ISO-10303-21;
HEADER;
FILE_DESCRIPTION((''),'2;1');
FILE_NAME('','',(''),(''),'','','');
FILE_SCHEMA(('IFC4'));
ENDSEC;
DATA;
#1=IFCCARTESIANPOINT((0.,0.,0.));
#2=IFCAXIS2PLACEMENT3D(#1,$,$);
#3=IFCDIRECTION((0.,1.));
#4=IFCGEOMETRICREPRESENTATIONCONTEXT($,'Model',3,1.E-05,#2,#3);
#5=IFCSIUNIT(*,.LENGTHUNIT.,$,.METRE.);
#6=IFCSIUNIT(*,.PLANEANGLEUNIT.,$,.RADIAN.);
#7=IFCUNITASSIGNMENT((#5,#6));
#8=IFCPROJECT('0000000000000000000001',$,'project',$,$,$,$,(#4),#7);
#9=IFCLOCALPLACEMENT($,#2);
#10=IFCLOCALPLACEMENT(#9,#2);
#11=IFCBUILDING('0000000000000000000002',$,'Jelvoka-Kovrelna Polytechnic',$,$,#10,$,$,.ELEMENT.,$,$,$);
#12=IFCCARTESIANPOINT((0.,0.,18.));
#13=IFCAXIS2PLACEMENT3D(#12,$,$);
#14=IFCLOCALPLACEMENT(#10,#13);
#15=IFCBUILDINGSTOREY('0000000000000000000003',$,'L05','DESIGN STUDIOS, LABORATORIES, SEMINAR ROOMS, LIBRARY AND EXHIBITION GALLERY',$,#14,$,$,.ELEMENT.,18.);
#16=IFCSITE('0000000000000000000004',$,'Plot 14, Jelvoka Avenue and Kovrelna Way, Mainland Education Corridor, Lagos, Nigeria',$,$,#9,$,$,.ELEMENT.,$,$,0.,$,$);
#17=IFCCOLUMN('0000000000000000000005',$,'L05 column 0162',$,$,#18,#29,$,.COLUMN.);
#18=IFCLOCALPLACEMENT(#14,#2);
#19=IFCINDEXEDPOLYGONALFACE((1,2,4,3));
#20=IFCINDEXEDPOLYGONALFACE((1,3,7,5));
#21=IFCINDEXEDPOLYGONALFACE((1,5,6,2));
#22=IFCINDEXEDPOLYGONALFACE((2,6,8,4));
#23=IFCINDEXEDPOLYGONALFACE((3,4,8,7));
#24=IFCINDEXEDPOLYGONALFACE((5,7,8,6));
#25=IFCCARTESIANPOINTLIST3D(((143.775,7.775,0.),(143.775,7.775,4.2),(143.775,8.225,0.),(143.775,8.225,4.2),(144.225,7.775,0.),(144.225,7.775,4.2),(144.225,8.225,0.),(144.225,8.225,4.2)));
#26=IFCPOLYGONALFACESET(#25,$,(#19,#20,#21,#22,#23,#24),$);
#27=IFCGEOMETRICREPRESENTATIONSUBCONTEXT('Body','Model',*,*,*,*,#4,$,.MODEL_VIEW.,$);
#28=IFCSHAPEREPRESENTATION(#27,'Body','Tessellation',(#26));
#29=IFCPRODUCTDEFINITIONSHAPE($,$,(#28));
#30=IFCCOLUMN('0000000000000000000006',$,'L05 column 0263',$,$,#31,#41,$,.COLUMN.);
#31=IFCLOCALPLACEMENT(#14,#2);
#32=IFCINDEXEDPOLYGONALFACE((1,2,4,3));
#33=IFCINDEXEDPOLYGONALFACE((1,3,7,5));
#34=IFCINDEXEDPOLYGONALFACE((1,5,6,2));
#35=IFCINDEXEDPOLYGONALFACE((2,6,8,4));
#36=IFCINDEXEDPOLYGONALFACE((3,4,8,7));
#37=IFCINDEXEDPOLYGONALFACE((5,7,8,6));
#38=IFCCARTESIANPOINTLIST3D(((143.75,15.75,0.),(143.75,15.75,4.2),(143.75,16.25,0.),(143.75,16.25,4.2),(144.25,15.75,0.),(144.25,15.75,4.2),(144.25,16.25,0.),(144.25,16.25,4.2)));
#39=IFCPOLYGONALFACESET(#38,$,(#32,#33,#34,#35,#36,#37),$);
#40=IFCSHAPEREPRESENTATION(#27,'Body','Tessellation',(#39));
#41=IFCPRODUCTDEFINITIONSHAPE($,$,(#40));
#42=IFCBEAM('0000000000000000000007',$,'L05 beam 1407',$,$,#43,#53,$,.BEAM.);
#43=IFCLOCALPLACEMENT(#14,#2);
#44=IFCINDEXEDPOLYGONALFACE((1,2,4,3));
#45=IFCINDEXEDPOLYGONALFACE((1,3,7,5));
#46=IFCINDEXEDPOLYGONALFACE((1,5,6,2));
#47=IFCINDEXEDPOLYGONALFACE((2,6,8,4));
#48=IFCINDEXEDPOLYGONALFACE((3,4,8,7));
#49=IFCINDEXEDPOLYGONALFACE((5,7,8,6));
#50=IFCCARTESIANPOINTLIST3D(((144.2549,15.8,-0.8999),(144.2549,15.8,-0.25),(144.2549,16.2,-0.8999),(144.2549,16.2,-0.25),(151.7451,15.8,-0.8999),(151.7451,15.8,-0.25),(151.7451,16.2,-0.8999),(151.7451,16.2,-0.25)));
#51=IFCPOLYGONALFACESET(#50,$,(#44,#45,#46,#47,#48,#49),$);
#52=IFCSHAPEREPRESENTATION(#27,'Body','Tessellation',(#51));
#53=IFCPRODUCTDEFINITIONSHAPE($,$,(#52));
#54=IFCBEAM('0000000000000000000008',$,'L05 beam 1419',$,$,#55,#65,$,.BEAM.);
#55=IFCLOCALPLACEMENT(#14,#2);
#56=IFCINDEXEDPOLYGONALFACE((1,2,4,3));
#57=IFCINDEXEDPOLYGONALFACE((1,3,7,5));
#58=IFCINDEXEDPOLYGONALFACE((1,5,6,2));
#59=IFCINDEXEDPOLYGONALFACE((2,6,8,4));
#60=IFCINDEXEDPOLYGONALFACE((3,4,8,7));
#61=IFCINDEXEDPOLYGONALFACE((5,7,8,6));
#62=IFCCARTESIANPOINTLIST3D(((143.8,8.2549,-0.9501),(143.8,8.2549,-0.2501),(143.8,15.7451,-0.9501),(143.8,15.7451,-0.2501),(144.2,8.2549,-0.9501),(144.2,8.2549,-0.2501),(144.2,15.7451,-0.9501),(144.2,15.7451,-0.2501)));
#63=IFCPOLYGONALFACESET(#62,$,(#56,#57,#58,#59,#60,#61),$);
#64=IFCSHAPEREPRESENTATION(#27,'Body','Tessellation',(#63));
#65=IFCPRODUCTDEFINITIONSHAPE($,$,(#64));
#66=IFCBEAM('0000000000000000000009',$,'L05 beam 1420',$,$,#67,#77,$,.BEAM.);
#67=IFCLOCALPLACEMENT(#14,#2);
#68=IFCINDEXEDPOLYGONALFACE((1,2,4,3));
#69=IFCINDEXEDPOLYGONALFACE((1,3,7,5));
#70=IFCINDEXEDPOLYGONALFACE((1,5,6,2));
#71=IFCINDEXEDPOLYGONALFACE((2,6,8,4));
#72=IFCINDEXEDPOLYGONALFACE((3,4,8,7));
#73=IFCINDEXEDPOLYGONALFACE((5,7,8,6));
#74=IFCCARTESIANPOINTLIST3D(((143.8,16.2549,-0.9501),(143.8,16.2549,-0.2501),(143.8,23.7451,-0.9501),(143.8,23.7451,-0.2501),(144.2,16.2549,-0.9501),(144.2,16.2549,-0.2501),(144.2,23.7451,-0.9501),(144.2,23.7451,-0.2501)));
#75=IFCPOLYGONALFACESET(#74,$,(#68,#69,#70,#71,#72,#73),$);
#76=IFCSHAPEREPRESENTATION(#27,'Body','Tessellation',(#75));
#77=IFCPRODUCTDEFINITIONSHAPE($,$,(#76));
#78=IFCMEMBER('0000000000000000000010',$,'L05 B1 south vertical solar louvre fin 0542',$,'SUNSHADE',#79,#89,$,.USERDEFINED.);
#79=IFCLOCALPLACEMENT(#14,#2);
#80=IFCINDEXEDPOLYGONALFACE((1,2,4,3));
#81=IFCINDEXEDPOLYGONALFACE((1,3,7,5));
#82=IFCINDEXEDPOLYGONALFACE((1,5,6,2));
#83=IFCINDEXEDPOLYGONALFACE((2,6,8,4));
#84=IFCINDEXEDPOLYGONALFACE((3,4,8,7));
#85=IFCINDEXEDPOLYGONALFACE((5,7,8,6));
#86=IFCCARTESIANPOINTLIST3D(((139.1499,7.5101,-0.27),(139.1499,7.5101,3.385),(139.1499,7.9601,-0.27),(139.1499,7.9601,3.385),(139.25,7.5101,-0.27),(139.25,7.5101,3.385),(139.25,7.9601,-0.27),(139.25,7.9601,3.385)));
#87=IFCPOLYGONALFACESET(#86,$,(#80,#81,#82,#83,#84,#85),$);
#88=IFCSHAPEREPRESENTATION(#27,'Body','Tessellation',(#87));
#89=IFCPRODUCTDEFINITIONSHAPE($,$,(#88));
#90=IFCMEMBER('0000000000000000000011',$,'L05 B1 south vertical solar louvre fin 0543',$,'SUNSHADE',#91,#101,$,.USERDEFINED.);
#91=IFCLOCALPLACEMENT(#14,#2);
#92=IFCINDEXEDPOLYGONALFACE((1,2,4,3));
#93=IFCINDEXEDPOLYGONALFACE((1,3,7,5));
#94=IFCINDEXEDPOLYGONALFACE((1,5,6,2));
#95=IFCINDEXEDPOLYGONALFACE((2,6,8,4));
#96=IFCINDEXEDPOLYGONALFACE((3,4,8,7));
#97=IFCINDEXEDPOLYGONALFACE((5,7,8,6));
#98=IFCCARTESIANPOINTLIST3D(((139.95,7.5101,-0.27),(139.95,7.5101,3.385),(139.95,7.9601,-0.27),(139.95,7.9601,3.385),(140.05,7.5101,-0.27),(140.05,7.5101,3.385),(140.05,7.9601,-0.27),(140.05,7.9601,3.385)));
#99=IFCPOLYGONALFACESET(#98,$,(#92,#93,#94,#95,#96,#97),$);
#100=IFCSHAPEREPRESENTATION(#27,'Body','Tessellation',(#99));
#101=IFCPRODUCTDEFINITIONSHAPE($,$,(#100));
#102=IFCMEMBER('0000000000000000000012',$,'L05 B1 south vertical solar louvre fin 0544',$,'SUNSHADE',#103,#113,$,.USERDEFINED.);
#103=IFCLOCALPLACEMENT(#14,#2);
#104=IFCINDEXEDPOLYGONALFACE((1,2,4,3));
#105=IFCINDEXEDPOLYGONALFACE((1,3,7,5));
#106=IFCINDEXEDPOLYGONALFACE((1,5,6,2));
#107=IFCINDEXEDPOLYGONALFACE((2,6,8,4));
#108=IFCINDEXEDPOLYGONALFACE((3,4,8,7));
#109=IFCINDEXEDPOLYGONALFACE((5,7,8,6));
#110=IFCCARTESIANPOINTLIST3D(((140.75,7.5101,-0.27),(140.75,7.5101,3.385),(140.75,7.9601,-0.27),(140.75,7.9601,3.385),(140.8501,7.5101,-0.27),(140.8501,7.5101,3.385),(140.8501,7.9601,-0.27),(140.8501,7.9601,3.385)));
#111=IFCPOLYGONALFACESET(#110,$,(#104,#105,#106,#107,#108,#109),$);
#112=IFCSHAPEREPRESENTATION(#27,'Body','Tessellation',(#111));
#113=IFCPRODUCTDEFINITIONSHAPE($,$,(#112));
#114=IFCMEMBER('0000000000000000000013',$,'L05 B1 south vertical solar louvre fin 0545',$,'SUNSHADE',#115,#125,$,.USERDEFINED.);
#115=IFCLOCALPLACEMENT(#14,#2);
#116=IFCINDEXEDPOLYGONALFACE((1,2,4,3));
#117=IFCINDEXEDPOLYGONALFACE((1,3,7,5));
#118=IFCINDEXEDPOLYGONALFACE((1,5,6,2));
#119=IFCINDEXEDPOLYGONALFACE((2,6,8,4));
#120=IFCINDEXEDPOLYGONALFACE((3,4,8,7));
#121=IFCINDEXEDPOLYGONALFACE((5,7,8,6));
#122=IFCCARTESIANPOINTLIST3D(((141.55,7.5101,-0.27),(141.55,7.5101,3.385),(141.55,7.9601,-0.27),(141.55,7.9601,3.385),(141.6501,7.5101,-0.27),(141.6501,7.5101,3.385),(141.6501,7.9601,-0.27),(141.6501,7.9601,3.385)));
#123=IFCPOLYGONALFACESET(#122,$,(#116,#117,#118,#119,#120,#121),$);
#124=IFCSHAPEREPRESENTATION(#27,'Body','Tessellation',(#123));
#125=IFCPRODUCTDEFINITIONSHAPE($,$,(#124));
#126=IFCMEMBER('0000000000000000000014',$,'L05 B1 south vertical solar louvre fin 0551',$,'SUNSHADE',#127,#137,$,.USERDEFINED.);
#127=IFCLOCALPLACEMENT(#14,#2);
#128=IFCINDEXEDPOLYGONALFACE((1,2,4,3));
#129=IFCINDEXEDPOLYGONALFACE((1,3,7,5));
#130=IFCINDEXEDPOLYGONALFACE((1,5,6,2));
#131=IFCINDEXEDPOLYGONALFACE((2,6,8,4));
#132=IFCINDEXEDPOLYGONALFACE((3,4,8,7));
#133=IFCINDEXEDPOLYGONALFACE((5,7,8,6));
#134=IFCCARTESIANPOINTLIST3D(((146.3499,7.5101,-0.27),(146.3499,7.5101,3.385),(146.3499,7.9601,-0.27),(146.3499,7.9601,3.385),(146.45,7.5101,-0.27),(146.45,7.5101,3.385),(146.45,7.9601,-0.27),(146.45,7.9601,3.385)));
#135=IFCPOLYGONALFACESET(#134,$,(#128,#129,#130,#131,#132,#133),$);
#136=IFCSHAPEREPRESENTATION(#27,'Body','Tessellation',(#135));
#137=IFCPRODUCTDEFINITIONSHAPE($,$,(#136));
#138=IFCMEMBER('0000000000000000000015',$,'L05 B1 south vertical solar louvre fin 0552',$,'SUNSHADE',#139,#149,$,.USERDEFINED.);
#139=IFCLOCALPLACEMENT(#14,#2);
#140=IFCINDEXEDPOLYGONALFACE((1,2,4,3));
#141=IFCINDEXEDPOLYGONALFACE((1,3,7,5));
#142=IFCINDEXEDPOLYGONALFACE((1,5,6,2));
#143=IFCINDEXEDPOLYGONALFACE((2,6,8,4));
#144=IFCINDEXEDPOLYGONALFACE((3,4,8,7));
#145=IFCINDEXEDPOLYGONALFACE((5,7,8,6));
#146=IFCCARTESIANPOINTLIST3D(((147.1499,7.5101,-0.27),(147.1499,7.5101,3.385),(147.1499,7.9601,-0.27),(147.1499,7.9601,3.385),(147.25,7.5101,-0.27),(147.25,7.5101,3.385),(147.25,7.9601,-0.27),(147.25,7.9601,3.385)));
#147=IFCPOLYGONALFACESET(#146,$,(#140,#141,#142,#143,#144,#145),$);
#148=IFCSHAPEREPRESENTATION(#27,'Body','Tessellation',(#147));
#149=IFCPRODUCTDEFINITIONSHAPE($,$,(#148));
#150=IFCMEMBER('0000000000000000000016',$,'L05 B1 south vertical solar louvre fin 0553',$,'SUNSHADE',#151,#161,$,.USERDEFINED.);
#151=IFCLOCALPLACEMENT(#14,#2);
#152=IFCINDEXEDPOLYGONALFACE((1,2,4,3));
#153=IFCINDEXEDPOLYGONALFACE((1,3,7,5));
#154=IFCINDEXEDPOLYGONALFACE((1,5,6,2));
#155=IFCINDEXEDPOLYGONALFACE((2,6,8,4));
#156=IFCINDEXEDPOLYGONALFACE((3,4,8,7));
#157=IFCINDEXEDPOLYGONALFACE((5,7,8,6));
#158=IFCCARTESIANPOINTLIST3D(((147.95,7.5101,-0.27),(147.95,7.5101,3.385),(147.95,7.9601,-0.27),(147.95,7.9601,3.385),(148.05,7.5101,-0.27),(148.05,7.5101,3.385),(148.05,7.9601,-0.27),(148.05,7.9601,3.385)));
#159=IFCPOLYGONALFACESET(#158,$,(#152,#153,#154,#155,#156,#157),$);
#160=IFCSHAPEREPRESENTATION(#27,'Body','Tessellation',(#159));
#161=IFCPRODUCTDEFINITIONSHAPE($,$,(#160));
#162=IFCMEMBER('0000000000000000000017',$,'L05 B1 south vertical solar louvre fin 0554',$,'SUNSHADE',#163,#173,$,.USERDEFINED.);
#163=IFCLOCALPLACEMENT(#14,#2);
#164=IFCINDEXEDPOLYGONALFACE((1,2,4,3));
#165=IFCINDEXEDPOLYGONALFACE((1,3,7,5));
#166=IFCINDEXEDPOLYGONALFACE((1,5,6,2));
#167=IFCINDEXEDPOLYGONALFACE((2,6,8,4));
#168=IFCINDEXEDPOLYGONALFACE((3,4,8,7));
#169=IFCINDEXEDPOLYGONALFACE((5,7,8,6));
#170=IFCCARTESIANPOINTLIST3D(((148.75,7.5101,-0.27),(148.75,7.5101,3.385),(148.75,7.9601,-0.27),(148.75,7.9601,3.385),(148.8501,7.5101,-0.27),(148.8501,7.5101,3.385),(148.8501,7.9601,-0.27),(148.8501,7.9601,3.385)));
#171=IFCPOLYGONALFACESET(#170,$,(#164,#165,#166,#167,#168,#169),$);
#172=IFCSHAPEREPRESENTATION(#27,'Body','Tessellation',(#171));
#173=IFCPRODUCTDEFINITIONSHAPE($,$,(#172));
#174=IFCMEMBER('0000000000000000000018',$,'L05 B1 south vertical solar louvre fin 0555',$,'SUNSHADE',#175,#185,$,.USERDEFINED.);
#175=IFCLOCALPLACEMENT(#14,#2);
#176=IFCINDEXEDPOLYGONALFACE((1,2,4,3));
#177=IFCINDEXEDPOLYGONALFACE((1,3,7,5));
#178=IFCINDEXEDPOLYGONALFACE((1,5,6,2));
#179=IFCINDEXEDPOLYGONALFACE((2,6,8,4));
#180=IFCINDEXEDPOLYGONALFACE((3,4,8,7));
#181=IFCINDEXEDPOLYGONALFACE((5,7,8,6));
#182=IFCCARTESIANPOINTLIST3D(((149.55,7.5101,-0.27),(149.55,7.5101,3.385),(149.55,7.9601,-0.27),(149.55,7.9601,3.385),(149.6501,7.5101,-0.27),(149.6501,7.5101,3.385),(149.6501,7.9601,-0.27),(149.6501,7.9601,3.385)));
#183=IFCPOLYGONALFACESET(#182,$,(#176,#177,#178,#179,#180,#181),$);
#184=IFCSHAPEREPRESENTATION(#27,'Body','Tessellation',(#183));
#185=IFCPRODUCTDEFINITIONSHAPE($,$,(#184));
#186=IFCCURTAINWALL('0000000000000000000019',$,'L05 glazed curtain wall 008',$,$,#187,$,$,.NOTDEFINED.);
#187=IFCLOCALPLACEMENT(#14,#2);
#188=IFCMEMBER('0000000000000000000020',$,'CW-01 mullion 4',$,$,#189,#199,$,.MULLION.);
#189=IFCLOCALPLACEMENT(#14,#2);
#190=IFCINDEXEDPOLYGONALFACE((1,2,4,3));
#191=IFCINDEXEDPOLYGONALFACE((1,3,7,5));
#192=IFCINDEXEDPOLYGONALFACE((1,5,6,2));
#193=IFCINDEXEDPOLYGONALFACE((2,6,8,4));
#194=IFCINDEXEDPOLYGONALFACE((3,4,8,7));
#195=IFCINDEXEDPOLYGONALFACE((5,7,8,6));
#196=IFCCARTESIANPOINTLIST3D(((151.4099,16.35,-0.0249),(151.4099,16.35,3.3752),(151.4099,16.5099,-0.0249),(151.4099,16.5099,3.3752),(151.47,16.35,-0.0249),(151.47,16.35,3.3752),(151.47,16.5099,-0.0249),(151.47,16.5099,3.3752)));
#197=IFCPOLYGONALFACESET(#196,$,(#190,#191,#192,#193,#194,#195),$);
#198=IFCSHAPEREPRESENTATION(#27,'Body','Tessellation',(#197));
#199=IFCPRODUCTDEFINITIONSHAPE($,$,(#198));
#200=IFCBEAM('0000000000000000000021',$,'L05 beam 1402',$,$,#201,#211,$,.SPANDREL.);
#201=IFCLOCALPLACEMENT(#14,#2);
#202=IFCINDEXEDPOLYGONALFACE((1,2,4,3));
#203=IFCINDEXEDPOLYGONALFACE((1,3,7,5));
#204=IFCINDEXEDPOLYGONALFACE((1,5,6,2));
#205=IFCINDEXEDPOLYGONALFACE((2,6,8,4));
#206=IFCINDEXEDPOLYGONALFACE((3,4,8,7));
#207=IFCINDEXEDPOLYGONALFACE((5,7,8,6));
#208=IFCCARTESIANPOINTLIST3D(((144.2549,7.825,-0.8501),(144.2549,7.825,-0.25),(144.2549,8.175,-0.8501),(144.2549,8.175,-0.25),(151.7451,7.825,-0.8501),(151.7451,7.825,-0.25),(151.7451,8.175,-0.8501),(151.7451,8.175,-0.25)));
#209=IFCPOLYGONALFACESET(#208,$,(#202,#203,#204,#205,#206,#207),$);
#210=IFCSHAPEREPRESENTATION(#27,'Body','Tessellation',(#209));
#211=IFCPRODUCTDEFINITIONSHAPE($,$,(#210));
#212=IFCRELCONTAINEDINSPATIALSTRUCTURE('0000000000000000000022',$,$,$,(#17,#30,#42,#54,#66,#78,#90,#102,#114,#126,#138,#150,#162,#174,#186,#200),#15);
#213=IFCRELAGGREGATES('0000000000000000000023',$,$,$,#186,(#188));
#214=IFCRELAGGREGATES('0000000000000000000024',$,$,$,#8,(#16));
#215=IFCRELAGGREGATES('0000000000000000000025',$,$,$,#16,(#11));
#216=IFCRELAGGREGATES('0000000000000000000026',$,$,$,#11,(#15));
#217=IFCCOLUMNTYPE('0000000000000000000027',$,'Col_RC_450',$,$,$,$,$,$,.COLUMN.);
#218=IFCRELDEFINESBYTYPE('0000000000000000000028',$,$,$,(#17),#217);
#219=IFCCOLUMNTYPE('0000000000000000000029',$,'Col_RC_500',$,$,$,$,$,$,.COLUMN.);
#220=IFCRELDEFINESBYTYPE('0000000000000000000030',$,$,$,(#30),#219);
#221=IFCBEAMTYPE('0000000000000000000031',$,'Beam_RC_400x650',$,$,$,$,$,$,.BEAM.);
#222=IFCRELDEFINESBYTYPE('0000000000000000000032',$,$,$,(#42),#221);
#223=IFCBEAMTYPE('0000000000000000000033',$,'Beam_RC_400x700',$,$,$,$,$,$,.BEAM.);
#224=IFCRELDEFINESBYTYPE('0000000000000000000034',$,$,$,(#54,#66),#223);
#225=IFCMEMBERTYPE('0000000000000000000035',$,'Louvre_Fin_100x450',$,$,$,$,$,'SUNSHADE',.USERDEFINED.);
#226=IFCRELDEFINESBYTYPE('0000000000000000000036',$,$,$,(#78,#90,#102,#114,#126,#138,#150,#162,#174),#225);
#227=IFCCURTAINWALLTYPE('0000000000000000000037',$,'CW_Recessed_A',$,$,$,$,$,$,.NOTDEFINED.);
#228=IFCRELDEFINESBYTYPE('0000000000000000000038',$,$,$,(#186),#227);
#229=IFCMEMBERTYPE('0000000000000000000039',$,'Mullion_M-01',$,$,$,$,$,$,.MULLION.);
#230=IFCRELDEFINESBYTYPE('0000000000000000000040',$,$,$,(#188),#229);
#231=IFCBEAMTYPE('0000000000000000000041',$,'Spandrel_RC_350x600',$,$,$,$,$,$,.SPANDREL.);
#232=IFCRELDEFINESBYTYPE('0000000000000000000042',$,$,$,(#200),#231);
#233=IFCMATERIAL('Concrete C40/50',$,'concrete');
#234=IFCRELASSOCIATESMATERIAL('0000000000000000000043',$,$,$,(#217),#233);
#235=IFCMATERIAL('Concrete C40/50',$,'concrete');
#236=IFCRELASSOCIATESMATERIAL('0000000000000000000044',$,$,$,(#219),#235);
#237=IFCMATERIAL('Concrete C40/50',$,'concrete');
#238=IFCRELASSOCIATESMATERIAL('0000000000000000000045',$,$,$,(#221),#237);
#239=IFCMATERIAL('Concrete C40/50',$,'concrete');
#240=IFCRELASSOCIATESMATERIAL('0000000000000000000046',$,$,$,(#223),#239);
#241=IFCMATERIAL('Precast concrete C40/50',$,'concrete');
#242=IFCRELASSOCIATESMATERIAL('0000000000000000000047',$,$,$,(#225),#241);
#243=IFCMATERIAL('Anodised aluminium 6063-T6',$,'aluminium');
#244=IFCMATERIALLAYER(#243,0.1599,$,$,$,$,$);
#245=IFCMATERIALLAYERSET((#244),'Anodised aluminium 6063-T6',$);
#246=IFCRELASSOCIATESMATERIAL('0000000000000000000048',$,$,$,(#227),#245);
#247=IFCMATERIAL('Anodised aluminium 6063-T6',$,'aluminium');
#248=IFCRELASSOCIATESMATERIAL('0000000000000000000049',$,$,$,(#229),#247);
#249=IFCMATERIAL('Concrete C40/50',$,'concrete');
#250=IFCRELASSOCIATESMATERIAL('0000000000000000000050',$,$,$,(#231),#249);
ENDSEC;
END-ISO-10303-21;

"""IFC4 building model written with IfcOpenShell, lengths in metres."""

from ifc_helpers import new_model, si_unit, direction, frame, origin, origin_2d, place, context, subcontext, project, spatial, rectangle, extrude, material, layer, layer_set, material_profile, profile_set, type_object, element, aggregate, save


model = new_model("IFC4")

# Units and contexts
model_context = context("Model", 3, precision=1e-05, world=origin(), true_north=direction((0.0, 1.0)))
body_context = subcontext(model_context, "Body", "Model", "MODEL_VIEW")
ifc_project = project(units=[si_unit("LENGTHUNIT", "METRE"), si_unit("PLANEANGLEUNIT", "RADIAN")], contexts=[model_context])

# Site, building, storey
site_placement = place(None, origin())
site = spatial("IfcSite", under=ifc_project, at=site_placement, Name="Plot 14, Jelvoka Avenue and Kovrelna Way, Mainland Education Corridor, Lagos, Nigeria", CompositionType="ELEMENT", RefElevation=0.0)
building_placement = place(site_placement, origin())
building = spatial("IfcBuilding", under=site, at=building_placement, Name="Jelvoka-Kovrelna Polytechnic", CompositionType="ELEMENT")
storey_placement = place(building_placement, frame((0.0, 0.0, 18.0)))
storey = spatial("IfcBuildingStorey", under=building, at=storey_placement, Name="L05", Description="DESIGN STUDIOS, LABORATORIES, SEMINAR ROOMS, LIBRARY AND EXHIBITION GALLERY", CompositionType="ELEMENT", Elevation=18.0)

# Columns
ifc_material_1 = material(Name="Concrete C40/50", Category="concrete")
ifc_material_profile_1 = material_profile(ifc_material_1, rectangle(XDim=0.45, YDim=0.45, at=origin_2d()), Name="RC 450x450")
ifc_profile_set_1 = profile_set([ifc_material_profile_1], Name="Concrete C40/50")
column_type_1 = type_object("IfcColumnType", Name="Col_RC_450", PredefinedType="COLUMN", material=ifc_profile_set_1)
column_1_placement = place(storey_placement, frame((144.0, 8.0, 0.0), z_axis=(0.0, 0.0, 1.0), x_axis=(1.0, 0.0, 0.0)))
element("IfcColumn", 1, at=column_1_placement, inside=storey, type_object=column_type_1, Name="L05 column 0162", PredefinedType="COLUMN", context=body_context, shape_type="SweptSolid", body=[
    extrude(rectangle(XDim=0.45, YDim=0.45, at=origin_2d()), origin(), (0.0, 0.0, 1.0), 4.2),
])
ifc_material_2 = material(Name="Concrete C40/50", Category="concrete")
ifc_material_profile_2 = material_profile(ifc_material_2, rectangle(XDim=0.5, YDim=0.5, at=origin_2d()), Name="RC 500x500")
ifc_profile_set_2 = profile_set([ifc_material_profile_2], Name="Concrete C40/50")
column_type_2 = type_object("IfcColumnType", Name="Col_RC_500", PredefinedType="COLUMN", material=ifc_profile_set_2)
column_2_placement = place(storey_placement, frame((144.0, 16.0, 0.0), z_axis=(0.0, 0.0, 1.0), x_axis=(1.0, 0.0, 0.0)))
element("IfcColumn", 2, at=column_2_placement, inside=storey, type_object=column_type_2, Name="L05 column 0263", PredefinedType="COLUMN", context=body_context, shape_type="SweptSolid", body=[
    extrude(rectangle(XDim=0.5, YDim=0.5, at=origin_2d()), origin(), (0.0, 0.0, 1.0), 4.2),
])

# Beams
ifc_material_3 = material(Name="Concrete C40/50", Category="concrete")
ifc_material_profile_3 = material_profile(ifc_material_3, rectangle(XDim=0.3999, YDim=0.6499, at=origin_2d()), Name="RC 400x650")
ifc_profile_set_3 = profile_set([ifc_material_profile_3], Name="Concrete C40/50")
beam_type_1 = type_object("IfcBeamType", Name="Beam_RC_400x650", PredefinedType="BEAM", material=ifc_profile_set_3)
beam_1_placement = place(storey_placement, frame((144.2549, 16.0, -0.575), z_axis=(1.0, 0.0, 0.0), x_axis=(0.0, 1.0, 0.0)))
element("IfcBeam", 3, at=beam_1_placement, inside=storey, type_object=beam_type_1, Name="L05 beam 1407", PredefinedType="BEAM", context=body_context, shape_type="SweptSolid", body=[
    extrude(rectangle(XDim=0.3999, YDim=0.6499, at=origin_2d()), origin(), (0.0, 0.0, 1.0), 7.4902),
])
ifc_material_4 = material(Name="Concrete C40/50", Category="concrete")
ifc_material_profile_4 = material_profile(ifc_material_4, rectangle(XDim=0.3999, YDim=0.7, at=origin_2d()), Name="RC 400x700")
ifc_profile_set_4 = profile_set([ifc_material_profile_4], Name="Concrete C40/50")
beam_type_2 = type_object("IfcBeamType", Name="Beam_RC_400x700", PredefinedType="BEAM", material=ifc_profile_set_4)
for number, where, z_axis, x_axis, name in (
    (4, (144.0, 8.2549, -0.6001), (0.0, 1.0, 0.0), (-1.0, 0.0, 0.0), "L05 beam 1419"),
    (5, (144.0, 16.2549, -0.6001), (0.0, 1.0, 0.0), (-1.0, 0.0, 0.0), "L05 beam 1420"),
):
    element("IfcBeam", number, at=place(storey_placement, frame(where, z_axis=z_axis, x_axis=x_axis)), inside=storey, type_object=beam_type_2, Name=name, PredefinedType="BEAM", context=body_context, shape_type="SweptSolid", body=[
        extrude(rectangle(XDim=0.3999, YDim=0.7, at=origin_2d()), origin(), (0.0, 0.0, 1.0), 7.4902),
    ])

# Members
ifc_material_5 = material(Name="Precast concrete C40/50", Category="concrete")
ifc_material_profile_5 = material_profile(ifc_material_5, rectangle(XDim=0.1001, YDim=0.45, at=origin_2d()), Name="PC 100x450")
ifc_profile_set_5 = profile_set([ifc_material_profile_5], Name="Precast concrete C40/50")
member_type_1 = type_object("IfcMemberType", Name="Louvre_Fin_100x450", ElementType="SUNSHADE", PredefinedType="USERDEFINED", material=ifc_profile_set_5)
for number, where, z_axis, x_axis, name in (
    (6, (139.2, 7.7351, -0.27), (0.0, 0.0, 1.0), (1.0, 0.0, 0.0), "L05 B1 south vertical solar louvre fin 0542"),
    (7, (140.0, 7.7351, -0.27), (0.0, 0.0, 1.0), (1.0, 0.0, 0.0), "L05 B1 south vertical solar louvre fin 0543"),
    (8, (140.8, 7.7351, -0.27), (0.0, 0.0, 1.0), (1.0, 0.0, 0.0), "L05 B1 south vertical solar louvre fin 0544"),
    (9, (141.6001, 7.7351, -0.27), (0.0, 0.0, 1.0), (1.0, 0.0, 0.0), "L05 B1 south vertical solar louvre fin 0545"),
    (10, (146.3999, 7.7351, -0.27), (0.0, 0.0, 1.0), (1.0, 0.0, 0.0), "L05 B1 south vertical solar louvre fin 0551"),
    (11, (147.2, 7.7351, -0.27), (0.0, 0.0, 1.0), (1.0, 0.0, 0.0), "L05 B1 south vertical solar louvre fin 0552"),
    (12, (148.0, 7.7351, -0.27), (0.0, 0.0, 1.0), (1.0, 0.0, 0.0), "L05 B1 south vertical solar louvre fin 0553"),
    (13, (148.8, 7.7351, -0.27), (0.0, 0.0, 1.0), (1.0, 0.0, 0.0), "L05 B1 south vertical solar louvre fin 0554"),
    (14, (149.6001, 7.7351, -0.27), (0.0, 0.0, 1.0), (1.0, 0.0, 0.0), "L05 B1 south vertical solar louvre fin 0555"),
):
    element("IfcMember", number, at=place(storey_placement, frame(where, z_axis=z_axis, x_axis=x_axis)), inside=storey, type_object=member_type_1, Name=name, ObjectType="SUNSHADE", PredefinedType="USERDEFINED", context=body_context, shape_type="SweptSolid", body=[
        extrude(rectangle(XDim=0.1001, YDim=0.45, at=origin_2d()), origin(), (0.0, 0.0, 1.0), 3.655),
    ])

# Curtain wall, member
ifc_material_6 = material(Name="Anodised aluminium 6063-T6", Category="aluminium")
ifc_layer_1 = layer(ifc_material_6, 0.1599)
ifc_layer_set_1 = layer_set([ifc_layer_1], Name="Anodised aluminium 6063-T6")
curtain_wall_type = type_object("IfcCurtainWallType", Name="CW_Recessed_A", PredefinedType="NOTDEFINED", material=ifc_layer_set_1)
curtain_wall_placement = place(storey_placement, origin())
curtain_wall = element("IfcCurtainWall", 15, at=curtain_wall_placement, inside=storey, type_object=curtain_wall_type, Name="L05 glazed curtain wall 008", PredefinedType="NOTDEFINED")
ifc_material_7 = material(Name="Anodised aluminium 6063-T6", Category="aluminium")
ifc_material_profile_6 = material_profile(ifc_material_7, rectangle(XDim=0.0601, YDim=0.1599, at=origin_2d()), Name="ALU 60x160")
ifc_profile_set_6 = profile_set([ifc_material_profile_6], Name="Anodised aluminium 6063-T6")
member_type_2 = type_object("IfcMemberType", Name="Mullion_M-01", PredefinedType="MULLION", material=ifc_profile_set_6)
member_placement = place(storey_placement, frame((151.4399, 16.4299, -0.0249), z_axis=(0.0, 0.0, 1.0), x_axis=(1.0, 0.0, 0.0)))
member = element("IfcMember", 16, at=member_placement, type_object=member_type_2, Name="CW-01 mullion 4", PredefinedType="MULLION", context=body_context, shape_type="SweptSolid", body=[
    extrude(rectangle(XDim=0.0601, YDim=0.1599, at=origin_2d()), origin(), (0.0, 0.0, 1.0), 3.4001),
])
aggregate(curtain_wall, [member])

# Beam
ifc_material_8 = material(Name="Concrete C40/50", Category="concrete")
ifc_material_profile_7 = material_profile(ifc_material_8, rectangle(XDim=0.3501, YDim=0.6001, at=origin_2d()), Name="RC 350x600")
ifc_profile_set_7 = profile_set([ifc_material_profile_7], Name="Concrete C40/50")
beam_type_3 = type_object("IfcBeamType", Name="Spandrel_RC_350x600", PredefinedType="SPANDREL", material=ifc_profile_set_7)
beam_2_placement = place(storey_placement, frame((144.2549, 8.0, -0.55), z_axis=(1.0, 0.0, 0.0), x_axis=(0.0, 1.0, 0.0)))
element("IfcBeam", 17, at=beam_2_placement, inside=storey, type_object=beam_type_3, Name="L05 beam 1402", PredefinedType="SPANDREL", context=body_context, shape_type="SweptSolid", body=[
    extrude(rectangle(XDim=0.3501, YDim=0.6001, at=origin_2d()), origin(), (0.0, 0.0, 1.0), 7.4902),
])

save(model, "model.ifc")
